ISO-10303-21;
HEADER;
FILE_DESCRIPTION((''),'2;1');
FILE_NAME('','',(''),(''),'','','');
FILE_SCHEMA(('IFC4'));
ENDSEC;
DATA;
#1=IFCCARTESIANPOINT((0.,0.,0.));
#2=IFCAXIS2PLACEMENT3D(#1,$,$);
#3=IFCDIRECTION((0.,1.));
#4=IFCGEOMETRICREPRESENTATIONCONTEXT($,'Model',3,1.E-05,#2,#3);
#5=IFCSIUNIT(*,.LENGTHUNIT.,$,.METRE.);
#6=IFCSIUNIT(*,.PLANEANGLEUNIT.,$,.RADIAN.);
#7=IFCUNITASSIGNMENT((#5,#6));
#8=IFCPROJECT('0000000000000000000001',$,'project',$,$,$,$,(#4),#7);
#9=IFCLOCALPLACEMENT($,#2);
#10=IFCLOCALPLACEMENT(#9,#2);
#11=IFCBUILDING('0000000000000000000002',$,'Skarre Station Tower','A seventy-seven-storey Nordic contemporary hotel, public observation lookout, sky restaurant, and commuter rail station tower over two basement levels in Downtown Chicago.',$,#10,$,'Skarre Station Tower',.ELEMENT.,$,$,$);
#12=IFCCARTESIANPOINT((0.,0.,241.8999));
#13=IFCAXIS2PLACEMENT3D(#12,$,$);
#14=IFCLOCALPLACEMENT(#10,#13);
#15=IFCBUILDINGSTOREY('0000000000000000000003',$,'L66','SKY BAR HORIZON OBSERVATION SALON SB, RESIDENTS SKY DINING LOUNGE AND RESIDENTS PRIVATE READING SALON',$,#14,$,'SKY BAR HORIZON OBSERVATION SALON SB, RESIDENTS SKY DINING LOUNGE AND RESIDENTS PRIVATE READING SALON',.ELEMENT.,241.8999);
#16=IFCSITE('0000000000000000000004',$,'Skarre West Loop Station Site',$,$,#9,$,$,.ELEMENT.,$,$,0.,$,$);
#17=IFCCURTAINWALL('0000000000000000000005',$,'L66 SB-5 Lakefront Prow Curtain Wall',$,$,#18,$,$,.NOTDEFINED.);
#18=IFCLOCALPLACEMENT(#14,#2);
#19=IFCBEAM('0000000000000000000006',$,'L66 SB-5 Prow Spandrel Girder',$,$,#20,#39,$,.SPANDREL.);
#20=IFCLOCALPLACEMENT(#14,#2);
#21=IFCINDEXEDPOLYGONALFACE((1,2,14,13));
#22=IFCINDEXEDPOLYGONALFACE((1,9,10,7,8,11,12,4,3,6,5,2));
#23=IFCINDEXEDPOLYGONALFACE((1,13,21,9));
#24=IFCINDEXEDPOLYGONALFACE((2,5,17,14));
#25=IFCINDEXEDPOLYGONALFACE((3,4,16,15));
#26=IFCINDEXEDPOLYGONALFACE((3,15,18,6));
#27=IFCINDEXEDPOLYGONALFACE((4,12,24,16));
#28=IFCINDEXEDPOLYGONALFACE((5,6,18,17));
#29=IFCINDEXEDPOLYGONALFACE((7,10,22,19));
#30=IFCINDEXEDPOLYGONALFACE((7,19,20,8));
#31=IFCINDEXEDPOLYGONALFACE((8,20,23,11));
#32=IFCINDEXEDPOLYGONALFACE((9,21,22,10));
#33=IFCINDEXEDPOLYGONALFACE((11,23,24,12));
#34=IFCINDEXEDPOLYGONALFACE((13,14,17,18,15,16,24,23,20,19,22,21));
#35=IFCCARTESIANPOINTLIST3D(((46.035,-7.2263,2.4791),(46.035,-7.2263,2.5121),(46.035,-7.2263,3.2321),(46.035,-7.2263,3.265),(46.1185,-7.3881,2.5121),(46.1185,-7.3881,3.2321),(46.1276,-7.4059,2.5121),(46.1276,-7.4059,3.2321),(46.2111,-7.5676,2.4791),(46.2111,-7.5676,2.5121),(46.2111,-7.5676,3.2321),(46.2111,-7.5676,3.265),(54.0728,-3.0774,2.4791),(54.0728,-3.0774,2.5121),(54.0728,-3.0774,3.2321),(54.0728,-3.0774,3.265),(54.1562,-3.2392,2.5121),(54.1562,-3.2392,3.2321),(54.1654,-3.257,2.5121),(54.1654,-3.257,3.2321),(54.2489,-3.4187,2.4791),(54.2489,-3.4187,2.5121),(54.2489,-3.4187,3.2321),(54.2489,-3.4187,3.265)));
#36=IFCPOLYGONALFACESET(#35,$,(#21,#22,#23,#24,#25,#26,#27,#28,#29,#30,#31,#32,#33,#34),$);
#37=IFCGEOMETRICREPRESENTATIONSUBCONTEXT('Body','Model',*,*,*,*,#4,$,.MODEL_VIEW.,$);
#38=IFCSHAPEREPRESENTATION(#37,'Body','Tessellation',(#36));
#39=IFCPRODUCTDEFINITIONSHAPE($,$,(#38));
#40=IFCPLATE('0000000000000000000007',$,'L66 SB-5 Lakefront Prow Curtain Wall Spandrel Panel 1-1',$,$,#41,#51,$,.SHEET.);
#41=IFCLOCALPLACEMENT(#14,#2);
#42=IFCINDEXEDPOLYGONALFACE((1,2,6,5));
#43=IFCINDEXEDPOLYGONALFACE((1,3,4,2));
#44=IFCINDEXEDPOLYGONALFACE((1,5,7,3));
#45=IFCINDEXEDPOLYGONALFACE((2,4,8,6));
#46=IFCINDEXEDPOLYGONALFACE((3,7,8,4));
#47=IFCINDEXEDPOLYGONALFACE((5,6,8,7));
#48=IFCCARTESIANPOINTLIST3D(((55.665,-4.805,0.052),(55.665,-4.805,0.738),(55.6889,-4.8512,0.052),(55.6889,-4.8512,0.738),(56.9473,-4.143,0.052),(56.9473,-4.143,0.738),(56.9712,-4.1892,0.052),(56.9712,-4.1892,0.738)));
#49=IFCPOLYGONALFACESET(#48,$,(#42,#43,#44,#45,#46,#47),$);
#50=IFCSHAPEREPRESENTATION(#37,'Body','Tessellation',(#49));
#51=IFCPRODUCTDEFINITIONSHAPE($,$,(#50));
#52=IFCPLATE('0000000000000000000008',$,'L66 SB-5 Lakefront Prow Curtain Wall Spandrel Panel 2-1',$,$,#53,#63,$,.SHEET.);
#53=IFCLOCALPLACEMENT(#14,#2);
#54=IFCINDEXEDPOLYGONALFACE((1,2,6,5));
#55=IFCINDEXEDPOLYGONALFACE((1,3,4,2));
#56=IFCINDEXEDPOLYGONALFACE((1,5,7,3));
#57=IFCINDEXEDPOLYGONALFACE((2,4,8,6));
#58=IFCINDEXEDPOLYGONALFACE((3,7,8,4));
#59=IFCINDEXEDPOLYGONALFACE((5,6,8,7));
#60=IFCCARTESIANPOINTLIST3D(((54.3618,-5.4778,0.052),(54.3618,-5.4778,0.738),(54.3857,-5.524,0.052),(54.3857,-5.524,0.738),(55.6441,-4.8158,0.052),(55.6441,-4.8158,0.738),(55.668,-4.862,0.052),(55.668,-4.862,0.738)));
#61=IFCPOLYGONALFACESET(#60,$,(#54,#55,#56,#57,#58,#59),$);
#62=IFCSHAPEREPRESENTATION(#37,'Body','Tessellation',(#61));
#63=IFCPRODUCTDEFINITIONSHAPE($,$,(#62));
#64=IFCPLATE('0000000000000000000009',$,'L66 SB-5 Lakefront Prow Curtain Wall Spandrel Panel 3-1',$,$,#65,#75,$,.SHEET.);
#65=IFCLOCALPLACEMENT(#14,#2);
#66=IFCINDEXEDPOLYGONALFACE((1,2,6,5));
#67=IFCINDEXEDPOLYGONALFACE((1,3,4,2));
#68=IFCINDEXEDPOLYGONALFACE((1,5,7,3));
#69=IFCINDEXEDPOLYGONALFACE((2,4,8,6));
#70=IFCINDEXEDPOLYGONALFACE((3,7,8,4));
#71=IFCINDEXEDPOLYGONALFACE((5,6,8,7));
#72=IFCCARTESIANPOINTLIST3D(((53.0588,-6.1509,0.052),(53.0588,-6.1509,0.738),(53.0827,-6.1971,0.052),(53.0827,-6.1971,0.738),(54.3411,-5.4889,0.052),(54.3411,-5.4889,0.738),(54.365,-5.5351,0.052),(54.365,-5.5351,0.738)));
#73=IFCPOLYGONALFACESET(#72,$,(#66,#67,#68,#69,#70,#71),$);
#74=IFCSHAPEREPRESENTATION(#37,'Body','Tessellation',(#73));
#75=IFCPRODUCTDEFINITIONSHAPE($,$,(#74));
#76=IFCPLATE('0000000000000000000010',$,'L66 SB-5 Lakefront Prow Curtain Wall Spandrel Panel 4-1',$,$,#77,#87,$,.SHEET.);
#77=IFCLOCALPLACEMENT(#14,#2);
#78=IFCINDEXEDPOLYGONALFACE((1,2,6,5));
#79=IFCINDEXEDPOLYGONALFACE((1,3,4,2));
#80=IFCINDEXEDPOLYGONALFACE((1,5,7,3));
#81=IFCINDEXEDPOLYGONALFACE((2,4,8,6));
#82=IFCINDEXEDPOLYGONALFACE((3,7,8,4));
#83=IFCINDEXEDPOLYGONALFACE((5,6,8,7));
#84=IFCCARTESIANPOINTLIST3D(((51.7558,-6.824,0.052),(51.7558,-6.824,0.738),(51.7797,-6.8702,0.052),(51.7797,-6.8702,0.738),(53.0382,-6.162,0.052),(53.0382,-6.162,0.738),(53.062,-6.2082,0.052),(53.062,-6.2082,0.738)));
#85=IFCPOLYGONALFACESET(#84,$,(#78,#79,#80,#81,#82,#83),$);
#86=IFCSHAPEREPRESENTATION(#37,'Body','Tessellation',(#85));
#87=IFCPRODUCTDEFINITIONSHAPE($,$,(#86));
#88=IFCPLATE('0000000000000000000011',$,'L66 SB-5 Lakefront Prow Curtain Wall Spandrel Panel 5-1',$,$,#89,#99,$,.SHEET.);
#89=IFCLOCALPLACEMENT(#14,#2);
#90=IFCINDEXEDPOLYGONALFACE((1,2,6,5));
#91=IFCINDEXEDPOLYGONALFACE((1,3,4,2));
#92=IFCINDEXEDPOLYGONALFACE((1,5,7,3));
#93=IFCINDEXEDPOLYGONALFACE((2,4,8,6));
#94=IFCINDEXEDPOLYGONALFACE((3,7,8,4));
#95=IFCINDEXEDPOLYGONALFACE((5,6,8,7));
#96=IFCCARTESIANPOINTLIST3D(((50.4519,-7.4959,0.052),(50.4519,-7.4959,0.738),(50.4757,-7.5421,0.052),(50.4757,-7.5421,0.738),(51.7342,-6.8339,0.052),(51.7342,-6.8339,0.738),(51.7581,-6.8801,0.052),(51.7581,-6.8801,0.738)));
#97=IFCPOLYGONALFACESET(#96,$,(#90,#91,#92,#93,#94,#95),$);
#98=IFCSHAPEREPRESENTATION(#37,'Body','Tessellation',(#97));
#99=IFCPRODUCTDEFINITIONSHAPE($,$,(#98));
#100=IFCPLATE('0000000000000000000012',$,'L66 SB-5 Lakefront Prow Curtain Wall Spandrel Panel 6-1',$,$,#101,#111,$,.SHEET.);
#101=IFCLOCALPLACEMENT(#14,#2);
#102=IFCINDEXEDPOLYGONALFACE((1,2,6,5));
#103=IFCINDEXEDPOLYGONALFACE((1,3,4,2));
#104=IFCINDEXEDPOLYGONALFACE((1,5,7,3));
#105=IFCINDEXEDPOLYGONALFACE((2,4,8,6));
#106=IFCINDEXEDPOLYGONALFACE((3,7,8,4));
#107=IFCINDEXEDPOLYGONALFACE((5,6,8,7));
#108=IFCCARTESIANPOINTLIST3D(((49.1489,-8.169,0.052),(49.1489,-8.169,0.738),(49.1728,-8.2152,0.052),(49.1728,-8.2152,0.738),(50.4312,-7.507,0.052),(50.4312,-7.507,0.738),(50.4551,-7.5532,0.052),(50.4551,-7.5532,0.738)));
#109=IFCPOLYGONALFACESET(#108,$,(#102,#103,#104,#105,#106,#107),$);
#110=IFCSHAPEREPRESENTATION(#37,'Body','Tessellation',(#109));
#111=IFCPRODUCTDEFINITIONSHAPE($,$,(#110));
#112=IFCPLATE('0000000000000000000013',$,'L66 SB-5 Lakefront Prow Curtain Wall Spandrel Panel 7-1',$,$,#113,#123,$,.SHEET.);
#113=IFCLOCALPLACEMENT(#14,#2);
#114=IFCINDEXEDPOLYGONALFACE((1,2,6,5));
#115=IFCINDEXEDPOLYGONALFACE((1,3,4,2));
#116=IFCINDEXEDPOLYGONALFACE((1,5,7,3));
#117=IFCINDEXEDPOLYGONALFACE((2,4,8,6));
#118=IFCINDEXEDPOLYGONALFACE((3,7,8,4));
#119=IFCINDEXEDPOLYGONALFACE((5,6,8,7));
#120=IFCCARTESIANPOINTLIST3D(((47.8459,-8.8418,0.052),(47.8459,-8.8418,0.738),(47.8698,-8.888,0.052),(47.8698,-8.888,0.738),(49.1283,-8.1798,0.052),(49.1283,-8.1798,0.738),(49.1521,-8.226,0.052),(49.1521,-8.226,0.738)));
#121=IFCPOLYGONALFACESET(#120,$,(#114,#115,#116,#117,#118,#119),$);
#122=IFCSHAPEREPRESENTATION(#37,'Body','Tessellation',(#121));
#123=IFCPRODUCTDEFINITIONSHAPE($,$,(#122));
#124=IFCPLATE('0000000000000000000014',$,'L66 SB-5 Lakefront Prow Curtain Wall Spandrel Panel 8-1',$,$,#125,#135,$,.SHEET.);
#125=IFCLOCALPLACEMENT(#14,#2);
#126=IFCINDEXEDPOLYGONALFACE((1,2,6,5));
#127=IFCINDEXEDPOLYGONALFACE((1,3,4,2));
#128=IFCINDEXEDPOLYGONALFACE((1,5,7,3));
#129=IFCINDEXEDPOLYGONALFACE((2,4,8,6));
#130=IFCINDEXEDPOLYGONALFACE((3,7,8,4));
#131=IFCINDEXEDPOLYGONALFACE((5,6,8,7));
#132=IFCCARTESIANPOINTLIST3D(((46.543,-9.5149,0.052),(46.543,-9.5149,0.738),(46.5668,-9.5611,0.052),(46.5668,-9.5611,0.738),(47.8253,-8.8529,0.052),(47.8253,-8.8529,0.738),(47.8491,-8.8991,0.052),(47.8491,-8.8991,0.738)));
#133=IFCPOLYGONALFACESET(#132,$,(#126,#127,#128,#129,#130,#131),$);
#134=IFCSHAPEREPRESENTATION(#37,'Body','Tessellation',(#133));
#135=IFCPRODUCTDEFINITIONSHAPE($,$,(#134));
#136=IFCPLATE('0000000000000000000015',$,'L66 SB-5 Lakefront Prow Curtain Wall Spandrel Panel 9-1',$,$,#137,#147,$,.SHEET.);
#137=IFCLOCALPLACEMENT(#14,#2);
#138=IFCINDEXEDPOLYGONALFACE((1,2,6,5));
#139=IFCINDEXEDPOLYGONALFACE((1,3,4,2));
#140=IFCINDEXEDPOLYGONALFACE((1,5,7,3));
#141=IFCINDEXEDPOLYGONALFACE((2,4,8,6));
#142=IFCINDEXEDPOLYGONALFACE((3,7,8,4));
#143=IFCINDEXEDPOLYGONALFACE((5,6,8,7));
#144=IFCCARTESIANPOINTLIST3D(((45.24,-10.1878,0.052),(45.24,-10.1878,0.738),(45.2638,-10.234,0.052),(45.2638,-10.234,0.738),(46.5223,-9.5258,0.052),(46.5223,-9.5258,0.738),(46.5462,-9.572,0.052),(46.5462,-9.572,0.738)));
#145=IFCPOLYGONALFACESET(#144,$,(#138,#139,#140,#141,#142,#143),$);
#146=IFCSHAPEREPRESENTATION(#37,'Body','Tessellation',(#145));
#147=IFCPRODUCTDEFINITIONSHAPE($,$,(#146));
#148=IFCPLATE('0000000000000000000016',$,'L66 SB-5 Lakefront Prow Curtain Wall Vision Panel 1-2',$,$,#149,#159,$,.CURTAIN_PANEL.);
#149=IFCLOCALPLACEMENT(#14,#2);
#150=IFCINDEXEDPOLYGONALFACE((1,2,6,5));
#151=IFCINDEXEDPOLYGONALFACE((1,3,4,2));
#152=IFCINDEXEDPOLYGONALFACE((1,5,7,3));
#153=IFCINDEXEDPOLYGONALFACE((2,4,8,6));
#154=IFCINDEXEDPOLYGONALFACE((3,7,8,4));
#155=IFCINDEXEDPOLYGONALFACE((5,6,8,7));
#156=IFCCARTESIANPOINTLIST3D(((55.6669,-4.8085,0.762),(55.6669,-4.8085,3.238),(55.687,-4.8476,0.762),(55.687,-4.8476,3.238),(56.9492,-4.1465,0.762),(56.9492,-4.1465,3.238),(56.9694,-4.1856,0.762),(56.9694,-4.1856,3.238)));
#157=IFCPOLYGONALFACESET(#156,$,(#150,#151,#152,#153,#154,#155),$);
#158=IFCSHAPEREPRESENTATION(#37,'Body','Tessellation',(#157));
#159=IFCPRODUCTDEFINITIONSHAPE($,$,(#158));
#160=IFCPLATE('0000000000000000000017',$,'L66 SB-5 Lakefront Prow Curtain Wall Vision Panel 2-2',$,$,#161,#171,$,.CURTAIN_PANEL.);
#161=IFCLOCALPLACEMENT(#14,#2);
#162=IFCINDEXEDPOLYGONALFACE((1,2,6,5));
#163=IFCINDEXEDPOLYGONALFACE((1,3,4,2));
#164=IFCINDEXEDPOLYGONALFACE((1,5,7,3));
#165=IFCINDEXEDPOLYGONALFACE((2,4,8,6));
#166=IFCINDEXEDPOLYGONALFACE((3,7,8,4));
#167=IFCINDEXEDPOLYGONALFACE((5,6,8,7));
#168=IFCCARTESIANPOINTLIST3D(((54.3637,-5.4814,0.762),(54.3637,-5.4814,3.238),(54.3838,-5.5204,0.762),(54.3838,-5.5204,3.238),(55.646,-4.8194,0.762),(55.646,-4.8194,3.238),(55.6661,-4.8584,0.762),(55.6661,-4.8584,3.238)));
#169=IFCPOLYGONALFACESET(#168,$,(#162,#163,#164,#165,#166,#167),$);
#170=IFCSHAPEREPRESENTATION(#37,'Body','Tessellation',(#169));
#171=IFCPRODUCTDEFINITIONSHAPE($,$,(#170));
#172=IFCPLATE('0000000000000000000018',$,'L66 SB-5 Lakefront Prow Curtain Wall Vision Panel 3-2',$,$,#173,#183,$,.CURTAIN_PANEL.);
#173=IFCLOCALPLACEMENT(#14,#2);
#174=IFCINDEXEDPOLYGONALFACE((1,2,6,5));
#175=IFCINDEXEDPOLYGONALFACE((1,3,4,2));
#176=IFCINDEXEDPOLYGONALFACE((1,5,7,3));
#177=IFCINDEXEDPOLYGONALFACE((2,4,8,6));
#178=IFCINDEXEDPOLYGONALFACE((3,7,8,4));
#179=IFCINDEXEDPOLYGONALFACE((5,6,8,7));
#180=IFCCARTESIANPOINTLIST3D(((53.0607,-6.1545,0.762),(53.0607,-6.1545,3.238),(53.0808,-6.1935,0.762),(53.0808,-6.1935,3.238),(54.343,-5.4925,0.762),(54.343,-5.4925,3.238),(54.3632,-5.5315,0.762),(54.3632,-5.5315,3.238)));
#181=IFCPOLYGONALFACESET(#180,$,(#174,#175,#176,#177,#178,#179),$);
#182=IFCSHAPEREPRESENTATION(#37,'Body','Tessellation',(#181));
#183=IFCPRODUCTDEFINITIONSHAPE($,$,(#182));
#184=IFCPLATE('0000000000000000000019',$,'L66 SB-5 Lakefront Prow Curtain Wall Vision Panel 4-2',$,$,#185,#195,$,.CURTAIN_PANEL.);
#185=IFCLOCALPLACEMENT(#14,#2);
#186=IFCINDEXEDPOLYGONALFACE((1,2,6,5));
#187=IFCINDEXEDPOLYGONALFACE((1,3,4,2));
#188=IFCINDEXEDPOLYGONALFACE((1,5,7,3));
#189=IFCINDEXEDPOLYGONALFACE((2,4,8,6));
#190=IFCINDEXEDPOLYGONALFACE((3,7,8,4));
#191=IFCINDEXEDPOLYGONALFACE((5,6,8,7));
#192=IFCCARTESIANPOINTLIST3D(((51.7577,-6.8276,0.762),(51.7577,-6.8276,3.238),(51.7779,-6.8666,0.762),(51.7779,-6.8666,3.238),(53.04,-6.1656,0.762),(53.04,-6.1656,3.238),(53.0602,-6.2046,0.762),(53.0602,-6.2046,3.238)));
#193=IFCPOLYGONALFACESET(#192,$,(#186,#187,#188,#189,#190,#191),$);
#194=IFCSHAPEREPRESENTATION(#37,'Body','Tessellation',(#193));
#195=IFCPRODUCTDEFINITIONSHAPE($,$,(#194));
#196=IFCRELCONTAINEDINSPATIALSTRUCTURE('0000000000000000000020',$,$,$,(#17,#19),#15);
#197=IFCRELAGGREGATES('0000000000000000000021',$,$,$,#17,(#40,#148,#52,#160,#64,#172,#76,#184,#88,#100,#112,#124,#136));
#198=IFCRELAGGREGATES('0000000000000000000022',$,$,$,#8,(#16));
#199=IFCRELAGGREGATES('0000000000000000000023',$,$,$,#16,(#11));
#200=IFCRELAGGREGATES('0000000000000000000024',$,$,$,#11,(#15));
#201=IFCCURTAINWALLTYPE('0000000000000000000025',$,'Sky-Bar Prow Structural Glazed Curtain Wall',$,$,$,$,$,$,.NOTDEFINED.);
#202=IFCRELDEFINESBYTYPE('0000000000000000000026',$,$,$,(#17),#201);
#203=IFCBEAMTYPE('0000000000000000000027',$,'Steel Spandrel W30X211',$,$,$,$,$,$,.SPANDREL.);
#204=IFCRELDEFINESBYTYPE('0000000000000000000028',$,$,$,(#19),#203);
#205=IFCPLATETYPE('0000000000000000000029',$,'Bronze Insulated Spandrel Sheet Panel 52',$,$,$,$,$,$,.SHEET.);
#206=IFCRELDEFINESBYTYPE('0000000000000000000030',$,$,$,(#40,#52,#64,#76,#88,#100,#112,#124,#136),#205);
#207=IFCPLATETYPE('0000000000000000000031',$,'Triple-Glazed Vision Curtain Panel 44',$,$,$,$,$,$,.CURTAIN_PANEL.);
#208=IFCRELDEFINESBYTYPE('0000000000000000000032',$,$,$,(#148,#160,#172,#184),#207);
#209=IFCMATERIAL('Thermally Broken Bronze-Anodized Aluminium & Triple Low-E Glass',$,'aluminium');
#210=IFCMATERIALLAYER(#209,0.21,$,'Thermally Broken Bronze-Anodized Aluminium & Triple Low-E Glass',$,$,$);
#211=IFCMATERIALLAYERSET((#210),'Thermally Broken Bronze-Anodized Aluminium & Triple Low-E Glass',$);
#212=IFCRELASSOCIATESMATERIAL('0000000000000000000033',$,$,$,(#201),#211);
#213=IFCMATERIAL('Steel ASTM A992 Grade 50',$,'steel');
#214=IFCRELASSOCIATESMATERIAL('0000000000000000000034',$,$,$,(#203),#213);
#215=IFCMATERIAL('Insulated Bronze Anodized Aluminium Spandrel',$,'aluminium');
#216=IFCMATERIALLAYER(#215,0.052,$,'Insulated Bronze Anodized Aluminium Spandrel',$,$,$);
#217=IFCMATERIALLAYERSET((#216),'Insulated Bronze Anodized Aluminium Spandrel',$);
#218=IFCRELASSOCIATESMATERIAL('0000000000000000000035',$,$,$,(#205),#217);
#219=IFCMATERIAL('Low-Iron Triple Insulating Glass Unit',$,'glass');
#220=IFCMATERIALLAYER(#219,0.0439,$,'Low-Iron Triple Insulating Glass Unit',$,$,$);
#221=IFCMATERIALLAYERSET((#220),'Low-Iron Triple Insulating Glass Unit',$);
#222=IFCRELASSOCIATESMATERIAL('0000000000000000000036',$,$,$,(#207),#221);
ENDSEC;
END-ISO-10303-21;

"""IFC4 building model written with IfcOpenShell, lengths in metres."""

from ifc_helpers import new_model, si_unit, direction, frame, origin, origin_2d, place, context, subcontext, project, spatial, rectangle, i_section, extrude, material, layer, layer_set, material_profile, profile_set, type_object, element, aggregate, save


model = new_model("IFC4")

# Units and contexts
model_context = context("Model", 3, precision=1e-05, world=origin(), true_north=direction((0.0, 1.0)))
body_context = subcontext(model_context, "Body", "Model", "MODEL_VIEW")
ifc_project = project(units=[si_unit("LENGTHUNIT", "METRE"), si_unit("PLANEANGLEUNIT", "RADIAN")], contexts=[model_context])

# Site, building, storey
site_placement = place(None, origin())
site = spatial("IfcSite", under=ifc_project, at=site_placement, Name="Skarre West Loop Station Site", CompositionType="ELEMENT", RefElevation=0.0)
building_placement = place(site_placement, origin())
building = spatial("IfcBuilding", under=site, at=building_placement, Name="Skarre Station Tower", Description="A seventy-seven-storey Nordic contemporary hotel, public observation lookout, sky restaurant, and commuter rail station tower over two basement levels in Downtown Chicago.", LongName="Skarre Station Tower", CompositionType="ELEMENT")
storey_placement = place(building_placement, frame((0.0, 0.0, 241.8999)))
storey = spatial("IfcBuildingStorey", under=building, at=storey_placement, Name="L66", Description="SKY BAR HORIZON OBSERVATION SALON SB, RESIDENTS SKY DINING LOUNGE AND RESIDENTS PRIVATE READING SALON", LongName="SKY BAR HORIZON OBSERVATION SALON SB, RESIDENTS SKY DINING LOUNGE AND RESIDENTS PRIVATE READING SALON", CompositionType="ELEMENT", Elevation=241.8999)

# Curtain wall
ifc_material_1 = material(Name="Thermally Broken Bronze-Anodized Aluminium & Triple Low-E Glass", Category="aluminium")
ifc_layer_1 = layer(ifc_material_1, 0.21, Name="Thermally Broken Bronze-Anodized Aluminium & Triple Low-E Glass")
ifc_layer_set_1 = layer_set([ifc_layer_1], Name="Thermally Broken Bronze-Anodized Aluminium & Triple Low-E Glass")
curtain_wall_type = type_object("IfcCurtainWallType", Name="Sky-Bar Prow Structural Glazed Curtain Wall", PredefinedType="NOTDEFINED", material=ifc_layer_set_1)
curtain_wall_placement = place(storey_placement, origin())
curtain_wall = element("IfcCurtainWall", 1, at=curtain_wall_placement, inside=storey, type_object=curtain_wall_type, Name="L66 SB-5 Lakefront Prow Curtain Wall", PredefinedType="NOTDEFINED")

# Beam
ifc_material_2 = material(Name="Steel ASTM A992 Grade 50", Category="steel")
ifc_material_profile_1 = material_profile(ifc_material_2, i_section(OverallWidth=0.384, OverallDepth=0.7859, WebThickness=0.02, FlangeThickness=0.033, at=origin_2d()), Name="Steel ASTM A992 Grade 50")
ifc_profile_set_1 = profile_set([ifc_material_profile_1], Name="Steel ASTM A992 Grade 50")
beam_type = type_object("IfcBeamType", Name="Steel Spandrel W30X211", PredefinedType="SPANDREL", material=ifc_profile_set_1)
beam_placement = place(storey_placement, frame((46.123, -7.397, 2.8721), z_axis=(0.888604, 0.458675, 0.0), x_axis=(-0.458675, 0.888604, 0.0)))
element("IfcBeam", 2, at=beam_placement, inside=storey, type_object=beam_type, Name="L66 SB-5 Prow Spandrel Girder", PredefinedType="SPANDREL", context=body_context, shape_type="SweptSolid", body=[
    extrude(i_section(OverallWidth=0.384, OverallDepth=0.7859, WebThickness=0.02, FlangeThickness=0.033, at=origin_2d()), origin(), (0.0, 0.0, 1.0), 9.0454),
])

# Plates
ifc_material_3 = material(Name="Insulated Bronze Anodized Aluminium Spandrel", Category="aluminium")
ifc_layer_2 = layer(ifc_material_3, 0.052, Name="Insulated Bronze Anodized Aluminium Spandrel")
ifc_layer_set_2 = layer_set([ifc_layer_2], Name="Insulated Bronze Anodized Aluminium Spandrel")
plate_type_1 = type_object("IfcPlateType", Name="Bronze Insulated Spandrel Sheet Panel 52", PredefinedType="SHEET", material=ifc_layer_set_2)
plate_1_placement = place(storey_placement, frame((56.3181, -4.4971, 0.052), z_axis=(0.0, 0.0, 1.0), x_axis=(-0.888577, -0.458727, 0.0)))
plate_1 = element("IfcPlate", 3, at=plate_1_placement, type_object=plate_type_1, Name="L66 SB-5 Lakefront Prow Curtain Wall Spandrel Panel 1-1", PredefinedType="SHEET", context=body_context, shape_type="SweptSolid", body=[
    extrude(rectangle(XDim=1.4431, YDim=0.052, at=origin_2d()), origin(), (0.0, 0.0, 1.0), 0.686),
])
plate_2_placement = place(storey_placement, frame((55.0149, -5.1699, 0.052), z_axis=(0.0, 0.0, 1.0), x_axis=(-0.888577, -0.458727, 0.0)))
plate_2 = element("IfcPlate", 4, at=plate_2_placement, type_object=plate_type_1, Name="L66 SB-5 Lakefront Prow Curtain Wall Spandrel Panel 2-1", PredefinedType="SHEET", context=body_context, shape_type="SweptSolid", body=[
    extrude(rectangle(XDim=1.4431, YDim=0.052, at=origin_2d()), origin(), (0.0, 0.0, 1.0), 0.686),
])
plate_3_placement = place(storey_placement, frame((53.7119, -5.843, 0.052), z_axis=(0.0, 0.0, 1.0), x_axis=(-0.888577, -0.458727, 0.0)))
plate_3 = element("IfcPlate", 5, at=plate_3_placement, type_object=plate_type_1, Name="L66 SB-5 Lakefront Prow Curtain Wall Spandrel Panel 3-1", PredefinedType="SHEET", context=body_context, shape_type="SweptSolid", body=[
    extrude(rectangle(XDim=1.4431, YDim=0.052, at=origin_2d()), origin(), (0.0, 0.0, 1.0), 0.686),
])
plate_4_placement = place(storey_placement, frame((52.4089, -6.5161, 0.052), z_axis=(0.0, 0.0, 1.0), x_axis=(-0.888577, -0.458727, 0.0)))
plate_4 = element("IfcPlate", 6, at=plate_4_placement, type_object=plate_type_1, Name="L66 SB-5 Lakefront Prow Curtain Wall Spandrel Panel 4-1", PredefinedType="SHEET", context=body_context, shape_type="SweptSolid", body=[
    extrude(rectangle(XDim=1.4431, YDim=0.052, at=origin_2d()), origin(), (0.0, 0.0, 1.0), 0.686),
])
plate_5_placement = place(storey_placement, frame((51.105, -7.188, 0.052), z_axis=(0.0, 0.0, 1.0), x_axis=(-0.888577, -0.458727, 0.0)))
plate_5 = element("IfcPlate", 7, at=plate_5_placement, type_object=plate_type_1, Name="L66 SB-5 Lakefront Prow Curtain Wall Spandrel Panel 5-1", PredefinedType="SHEET", context=body_context, shape_type="SweptSolid", body=[
    extrude(rectangle(XDim=1.4431, YDim=0.052, at=origin_2d()), origin(), (0.0, 0.0, 1.0), 0.686),
])
plate_6_placement = place(storey_placement, frame((49.802, -7.8611, 0.052), z_axis=(0.0, 0.0, 1.0), x_axis=(-0.888577, -0.458727, 0.0)))
plate_6 = element("IfcPlate", 8, at=plate_6_placement, type_object=plate_type_1, Name="L66 SB-5 Lakefront Prow Curtain Wall Spandrel Panel 6-1", PredefinedType="SHEET", context=body_context, shape_type="SweptSolid", body=[
    extrude(rectangle(XDim=1.4431, YDim=0.052, at=origin_2d()), origin(), (0.0, 0.0, 1.0), 0.686),
])
plate_7_placement = place(storey_placement, frame((48.499, -8.5339, 0.052), z_axis=(0.0, 0.0, 1.0), x_axis=(-0.888577, -0.458727, 0.0)))
plate_7 = element("IfcPlate", 9, at=plate_7_placement, type_object=plate_type_1, Name="L66 SB-5 Lakefront Prow Curtain Wall Spandrel Panel 7-1", PredefinedType="SHEET", context=body_context, shape_type="SweptSolid", body=[
    extrude(rectangle(XDim=1.4431, YDim=0.052, at=origin_2d()), origin(), (0.0, 0.0, 1.0), 0.686),
])
plate_8_placement = place(storey_placement, frame((47.196, -9.207, 0.052), z_axis=(0.0, 0.0, 1.0), x_axis=(-0.888577, -0.458727, 0.0)))
plate_8 = element("IfcPlate", 10, at=plate_8_placement, type_object=plate_type_1, Name="L66 SB-5 Lakefront Prow Curtain Wall Spandrel Panel 8-1", PredefinedType="SHEET", context=body_context, shape_type="SweptSolid", body=[
    extrude(rectangle(XDim=1.4431, YDim=0.052, at=origin_2d()), origin(), (0.0, 0.0, 1.0), 0.686),
])
plate_9_placement = place(storey_placement, frame((45.8931, -9.8799, 0.052), z_axis=(0.0, 0.0, 1.0), x_axis=(-0.888577, -0.458727, 0.0)))
plate_9 = element("IfcPlate", 11, at=plate_9_placement, type_object=plate_type_1, Name="L66 SB-5 Lakefront Prow Curtain Wall Spandrel Panel 9-1", PredefinedType="SHEET", context=body_context, shape_type="SweptSolid", body=[
    extrude(rectangle(XDim=1.4431, YDim=0.052, at=origin_2d()), origin(), (0.0, 0.0, 1.0), 0.686),
])
ifc_material_4 = material(Name="Low-Iron Triple Insulating Glass Unit", Category="glass")
ifc_layer_3 = layer(ifc_material_4, 0.0439, Name="Low-Iron Triple Insulating Glass Unit")
ifc_layer_set_3 = layer_set([ifc_layer_3], Name="Low-Iron Triple Insulating Glass Unit")
plate_type_2 = type_object("IfcPlateType", Name="Triple-Glazed Vision Curtain Panel 44", PredefinedType="CURTAIN_PANEL", material=ifc_layer_set_3)
plate_10_placement = place(storey_placement, frame((56.3181, -4.4971, 0.762), z_axis=(0.0, 0.0, 1.0), x_axis=(-0.888577, -0.458727, 0.0)))
plate_10 = element("IfcPlate", 12, at=plate_10_placement, type_object=plate_type_2, Name="L66 SB-5 Lakefront Prow Curtain Wall Vision Panel 1-2", PredefinedType="CURTAIN_PANEL", context=body_context, shape_type="SweptSolid", body=[
    extrude(rectangle(XDim=1.4431, YDim=0.0439, at=origin_2d()), origin(), (0.0, 0.0, 1.0), 2.4761),
])
plate_11_placement = place(storey_placement, frame((55.0149, -5.1699, 0.762), z_axis=(0.0, 0.0, 1.0), x_axis=(-0.888577, -0.458727, 0.0)))
plate_11 = element("IfcPlate", 13, at=plate_11_placement, type_object=plate_type_2, Name="L66 SB-5 Lakefront Prow Curtain Wall Vision Panel 2-2", PredefinedType="CURTAIN_PANEL", context=body_context, shape_type="SweptSolid", body=[
    extrude(rectangle(XDim=1.4431, YDim=0.0439, at=origin_2d()), origin(), (0.0, 0.0, 1.0), 2.4761),
])
plate_12_placement = place(storey_placement, frame((53.7119, -5.843, 0.762), z_axis=(0.0, 0.0, 1.0), x_axis=(-0.888577, -0.458727, 0.0)))
plate_12 = element("IfcPlate", 14, at=plate_12_placement, type_object=plate_type_2, Name="L66 SB-5 Lakefront Prow Curtain Wall Vision Panel 3-2", PredefinedType="CURTAIN_PANEL", context=body_context, shape_type="SweptSolid", body=[
    extrude(rectangle(XDim=1.4431, YDim=0.0439, at=origin_2d()), origin(), (0.0, 0.0, 1.0), 2.4761),
])
plate_13_placement = place(storey_placement, frame((52.4089, -6.5161, 0.762), z_axis=(0.0, 0.0, 1.0), x_axis=(-0.888577, -0.458727, 0.0)))
plate_13 = element("IfcPlate", 15, at=plate_13_placement, type_object=plate_type_2, Name="L66 SB-5 Lakefront Prow Curtain Wall Vision Panel 4-2", PredefinedType="CURTAIN_PANEL", context=body_context, shape_type="SweptSolid", body=[
    extrude(rectangle(XDim=1.4431, YDim=0.0439, at=origin_2d()), origin(), (0.0, 0.0, 1.0), 2.4761),
])
aggregate(curtain_wall, [plate_1, plate_10, plate_2, plate_11, plate_3, plate_12, plate_4, plate_13, plate_5, plate_6, plate_7, plate_8, plate_9])

save(model, "model.ifc")
